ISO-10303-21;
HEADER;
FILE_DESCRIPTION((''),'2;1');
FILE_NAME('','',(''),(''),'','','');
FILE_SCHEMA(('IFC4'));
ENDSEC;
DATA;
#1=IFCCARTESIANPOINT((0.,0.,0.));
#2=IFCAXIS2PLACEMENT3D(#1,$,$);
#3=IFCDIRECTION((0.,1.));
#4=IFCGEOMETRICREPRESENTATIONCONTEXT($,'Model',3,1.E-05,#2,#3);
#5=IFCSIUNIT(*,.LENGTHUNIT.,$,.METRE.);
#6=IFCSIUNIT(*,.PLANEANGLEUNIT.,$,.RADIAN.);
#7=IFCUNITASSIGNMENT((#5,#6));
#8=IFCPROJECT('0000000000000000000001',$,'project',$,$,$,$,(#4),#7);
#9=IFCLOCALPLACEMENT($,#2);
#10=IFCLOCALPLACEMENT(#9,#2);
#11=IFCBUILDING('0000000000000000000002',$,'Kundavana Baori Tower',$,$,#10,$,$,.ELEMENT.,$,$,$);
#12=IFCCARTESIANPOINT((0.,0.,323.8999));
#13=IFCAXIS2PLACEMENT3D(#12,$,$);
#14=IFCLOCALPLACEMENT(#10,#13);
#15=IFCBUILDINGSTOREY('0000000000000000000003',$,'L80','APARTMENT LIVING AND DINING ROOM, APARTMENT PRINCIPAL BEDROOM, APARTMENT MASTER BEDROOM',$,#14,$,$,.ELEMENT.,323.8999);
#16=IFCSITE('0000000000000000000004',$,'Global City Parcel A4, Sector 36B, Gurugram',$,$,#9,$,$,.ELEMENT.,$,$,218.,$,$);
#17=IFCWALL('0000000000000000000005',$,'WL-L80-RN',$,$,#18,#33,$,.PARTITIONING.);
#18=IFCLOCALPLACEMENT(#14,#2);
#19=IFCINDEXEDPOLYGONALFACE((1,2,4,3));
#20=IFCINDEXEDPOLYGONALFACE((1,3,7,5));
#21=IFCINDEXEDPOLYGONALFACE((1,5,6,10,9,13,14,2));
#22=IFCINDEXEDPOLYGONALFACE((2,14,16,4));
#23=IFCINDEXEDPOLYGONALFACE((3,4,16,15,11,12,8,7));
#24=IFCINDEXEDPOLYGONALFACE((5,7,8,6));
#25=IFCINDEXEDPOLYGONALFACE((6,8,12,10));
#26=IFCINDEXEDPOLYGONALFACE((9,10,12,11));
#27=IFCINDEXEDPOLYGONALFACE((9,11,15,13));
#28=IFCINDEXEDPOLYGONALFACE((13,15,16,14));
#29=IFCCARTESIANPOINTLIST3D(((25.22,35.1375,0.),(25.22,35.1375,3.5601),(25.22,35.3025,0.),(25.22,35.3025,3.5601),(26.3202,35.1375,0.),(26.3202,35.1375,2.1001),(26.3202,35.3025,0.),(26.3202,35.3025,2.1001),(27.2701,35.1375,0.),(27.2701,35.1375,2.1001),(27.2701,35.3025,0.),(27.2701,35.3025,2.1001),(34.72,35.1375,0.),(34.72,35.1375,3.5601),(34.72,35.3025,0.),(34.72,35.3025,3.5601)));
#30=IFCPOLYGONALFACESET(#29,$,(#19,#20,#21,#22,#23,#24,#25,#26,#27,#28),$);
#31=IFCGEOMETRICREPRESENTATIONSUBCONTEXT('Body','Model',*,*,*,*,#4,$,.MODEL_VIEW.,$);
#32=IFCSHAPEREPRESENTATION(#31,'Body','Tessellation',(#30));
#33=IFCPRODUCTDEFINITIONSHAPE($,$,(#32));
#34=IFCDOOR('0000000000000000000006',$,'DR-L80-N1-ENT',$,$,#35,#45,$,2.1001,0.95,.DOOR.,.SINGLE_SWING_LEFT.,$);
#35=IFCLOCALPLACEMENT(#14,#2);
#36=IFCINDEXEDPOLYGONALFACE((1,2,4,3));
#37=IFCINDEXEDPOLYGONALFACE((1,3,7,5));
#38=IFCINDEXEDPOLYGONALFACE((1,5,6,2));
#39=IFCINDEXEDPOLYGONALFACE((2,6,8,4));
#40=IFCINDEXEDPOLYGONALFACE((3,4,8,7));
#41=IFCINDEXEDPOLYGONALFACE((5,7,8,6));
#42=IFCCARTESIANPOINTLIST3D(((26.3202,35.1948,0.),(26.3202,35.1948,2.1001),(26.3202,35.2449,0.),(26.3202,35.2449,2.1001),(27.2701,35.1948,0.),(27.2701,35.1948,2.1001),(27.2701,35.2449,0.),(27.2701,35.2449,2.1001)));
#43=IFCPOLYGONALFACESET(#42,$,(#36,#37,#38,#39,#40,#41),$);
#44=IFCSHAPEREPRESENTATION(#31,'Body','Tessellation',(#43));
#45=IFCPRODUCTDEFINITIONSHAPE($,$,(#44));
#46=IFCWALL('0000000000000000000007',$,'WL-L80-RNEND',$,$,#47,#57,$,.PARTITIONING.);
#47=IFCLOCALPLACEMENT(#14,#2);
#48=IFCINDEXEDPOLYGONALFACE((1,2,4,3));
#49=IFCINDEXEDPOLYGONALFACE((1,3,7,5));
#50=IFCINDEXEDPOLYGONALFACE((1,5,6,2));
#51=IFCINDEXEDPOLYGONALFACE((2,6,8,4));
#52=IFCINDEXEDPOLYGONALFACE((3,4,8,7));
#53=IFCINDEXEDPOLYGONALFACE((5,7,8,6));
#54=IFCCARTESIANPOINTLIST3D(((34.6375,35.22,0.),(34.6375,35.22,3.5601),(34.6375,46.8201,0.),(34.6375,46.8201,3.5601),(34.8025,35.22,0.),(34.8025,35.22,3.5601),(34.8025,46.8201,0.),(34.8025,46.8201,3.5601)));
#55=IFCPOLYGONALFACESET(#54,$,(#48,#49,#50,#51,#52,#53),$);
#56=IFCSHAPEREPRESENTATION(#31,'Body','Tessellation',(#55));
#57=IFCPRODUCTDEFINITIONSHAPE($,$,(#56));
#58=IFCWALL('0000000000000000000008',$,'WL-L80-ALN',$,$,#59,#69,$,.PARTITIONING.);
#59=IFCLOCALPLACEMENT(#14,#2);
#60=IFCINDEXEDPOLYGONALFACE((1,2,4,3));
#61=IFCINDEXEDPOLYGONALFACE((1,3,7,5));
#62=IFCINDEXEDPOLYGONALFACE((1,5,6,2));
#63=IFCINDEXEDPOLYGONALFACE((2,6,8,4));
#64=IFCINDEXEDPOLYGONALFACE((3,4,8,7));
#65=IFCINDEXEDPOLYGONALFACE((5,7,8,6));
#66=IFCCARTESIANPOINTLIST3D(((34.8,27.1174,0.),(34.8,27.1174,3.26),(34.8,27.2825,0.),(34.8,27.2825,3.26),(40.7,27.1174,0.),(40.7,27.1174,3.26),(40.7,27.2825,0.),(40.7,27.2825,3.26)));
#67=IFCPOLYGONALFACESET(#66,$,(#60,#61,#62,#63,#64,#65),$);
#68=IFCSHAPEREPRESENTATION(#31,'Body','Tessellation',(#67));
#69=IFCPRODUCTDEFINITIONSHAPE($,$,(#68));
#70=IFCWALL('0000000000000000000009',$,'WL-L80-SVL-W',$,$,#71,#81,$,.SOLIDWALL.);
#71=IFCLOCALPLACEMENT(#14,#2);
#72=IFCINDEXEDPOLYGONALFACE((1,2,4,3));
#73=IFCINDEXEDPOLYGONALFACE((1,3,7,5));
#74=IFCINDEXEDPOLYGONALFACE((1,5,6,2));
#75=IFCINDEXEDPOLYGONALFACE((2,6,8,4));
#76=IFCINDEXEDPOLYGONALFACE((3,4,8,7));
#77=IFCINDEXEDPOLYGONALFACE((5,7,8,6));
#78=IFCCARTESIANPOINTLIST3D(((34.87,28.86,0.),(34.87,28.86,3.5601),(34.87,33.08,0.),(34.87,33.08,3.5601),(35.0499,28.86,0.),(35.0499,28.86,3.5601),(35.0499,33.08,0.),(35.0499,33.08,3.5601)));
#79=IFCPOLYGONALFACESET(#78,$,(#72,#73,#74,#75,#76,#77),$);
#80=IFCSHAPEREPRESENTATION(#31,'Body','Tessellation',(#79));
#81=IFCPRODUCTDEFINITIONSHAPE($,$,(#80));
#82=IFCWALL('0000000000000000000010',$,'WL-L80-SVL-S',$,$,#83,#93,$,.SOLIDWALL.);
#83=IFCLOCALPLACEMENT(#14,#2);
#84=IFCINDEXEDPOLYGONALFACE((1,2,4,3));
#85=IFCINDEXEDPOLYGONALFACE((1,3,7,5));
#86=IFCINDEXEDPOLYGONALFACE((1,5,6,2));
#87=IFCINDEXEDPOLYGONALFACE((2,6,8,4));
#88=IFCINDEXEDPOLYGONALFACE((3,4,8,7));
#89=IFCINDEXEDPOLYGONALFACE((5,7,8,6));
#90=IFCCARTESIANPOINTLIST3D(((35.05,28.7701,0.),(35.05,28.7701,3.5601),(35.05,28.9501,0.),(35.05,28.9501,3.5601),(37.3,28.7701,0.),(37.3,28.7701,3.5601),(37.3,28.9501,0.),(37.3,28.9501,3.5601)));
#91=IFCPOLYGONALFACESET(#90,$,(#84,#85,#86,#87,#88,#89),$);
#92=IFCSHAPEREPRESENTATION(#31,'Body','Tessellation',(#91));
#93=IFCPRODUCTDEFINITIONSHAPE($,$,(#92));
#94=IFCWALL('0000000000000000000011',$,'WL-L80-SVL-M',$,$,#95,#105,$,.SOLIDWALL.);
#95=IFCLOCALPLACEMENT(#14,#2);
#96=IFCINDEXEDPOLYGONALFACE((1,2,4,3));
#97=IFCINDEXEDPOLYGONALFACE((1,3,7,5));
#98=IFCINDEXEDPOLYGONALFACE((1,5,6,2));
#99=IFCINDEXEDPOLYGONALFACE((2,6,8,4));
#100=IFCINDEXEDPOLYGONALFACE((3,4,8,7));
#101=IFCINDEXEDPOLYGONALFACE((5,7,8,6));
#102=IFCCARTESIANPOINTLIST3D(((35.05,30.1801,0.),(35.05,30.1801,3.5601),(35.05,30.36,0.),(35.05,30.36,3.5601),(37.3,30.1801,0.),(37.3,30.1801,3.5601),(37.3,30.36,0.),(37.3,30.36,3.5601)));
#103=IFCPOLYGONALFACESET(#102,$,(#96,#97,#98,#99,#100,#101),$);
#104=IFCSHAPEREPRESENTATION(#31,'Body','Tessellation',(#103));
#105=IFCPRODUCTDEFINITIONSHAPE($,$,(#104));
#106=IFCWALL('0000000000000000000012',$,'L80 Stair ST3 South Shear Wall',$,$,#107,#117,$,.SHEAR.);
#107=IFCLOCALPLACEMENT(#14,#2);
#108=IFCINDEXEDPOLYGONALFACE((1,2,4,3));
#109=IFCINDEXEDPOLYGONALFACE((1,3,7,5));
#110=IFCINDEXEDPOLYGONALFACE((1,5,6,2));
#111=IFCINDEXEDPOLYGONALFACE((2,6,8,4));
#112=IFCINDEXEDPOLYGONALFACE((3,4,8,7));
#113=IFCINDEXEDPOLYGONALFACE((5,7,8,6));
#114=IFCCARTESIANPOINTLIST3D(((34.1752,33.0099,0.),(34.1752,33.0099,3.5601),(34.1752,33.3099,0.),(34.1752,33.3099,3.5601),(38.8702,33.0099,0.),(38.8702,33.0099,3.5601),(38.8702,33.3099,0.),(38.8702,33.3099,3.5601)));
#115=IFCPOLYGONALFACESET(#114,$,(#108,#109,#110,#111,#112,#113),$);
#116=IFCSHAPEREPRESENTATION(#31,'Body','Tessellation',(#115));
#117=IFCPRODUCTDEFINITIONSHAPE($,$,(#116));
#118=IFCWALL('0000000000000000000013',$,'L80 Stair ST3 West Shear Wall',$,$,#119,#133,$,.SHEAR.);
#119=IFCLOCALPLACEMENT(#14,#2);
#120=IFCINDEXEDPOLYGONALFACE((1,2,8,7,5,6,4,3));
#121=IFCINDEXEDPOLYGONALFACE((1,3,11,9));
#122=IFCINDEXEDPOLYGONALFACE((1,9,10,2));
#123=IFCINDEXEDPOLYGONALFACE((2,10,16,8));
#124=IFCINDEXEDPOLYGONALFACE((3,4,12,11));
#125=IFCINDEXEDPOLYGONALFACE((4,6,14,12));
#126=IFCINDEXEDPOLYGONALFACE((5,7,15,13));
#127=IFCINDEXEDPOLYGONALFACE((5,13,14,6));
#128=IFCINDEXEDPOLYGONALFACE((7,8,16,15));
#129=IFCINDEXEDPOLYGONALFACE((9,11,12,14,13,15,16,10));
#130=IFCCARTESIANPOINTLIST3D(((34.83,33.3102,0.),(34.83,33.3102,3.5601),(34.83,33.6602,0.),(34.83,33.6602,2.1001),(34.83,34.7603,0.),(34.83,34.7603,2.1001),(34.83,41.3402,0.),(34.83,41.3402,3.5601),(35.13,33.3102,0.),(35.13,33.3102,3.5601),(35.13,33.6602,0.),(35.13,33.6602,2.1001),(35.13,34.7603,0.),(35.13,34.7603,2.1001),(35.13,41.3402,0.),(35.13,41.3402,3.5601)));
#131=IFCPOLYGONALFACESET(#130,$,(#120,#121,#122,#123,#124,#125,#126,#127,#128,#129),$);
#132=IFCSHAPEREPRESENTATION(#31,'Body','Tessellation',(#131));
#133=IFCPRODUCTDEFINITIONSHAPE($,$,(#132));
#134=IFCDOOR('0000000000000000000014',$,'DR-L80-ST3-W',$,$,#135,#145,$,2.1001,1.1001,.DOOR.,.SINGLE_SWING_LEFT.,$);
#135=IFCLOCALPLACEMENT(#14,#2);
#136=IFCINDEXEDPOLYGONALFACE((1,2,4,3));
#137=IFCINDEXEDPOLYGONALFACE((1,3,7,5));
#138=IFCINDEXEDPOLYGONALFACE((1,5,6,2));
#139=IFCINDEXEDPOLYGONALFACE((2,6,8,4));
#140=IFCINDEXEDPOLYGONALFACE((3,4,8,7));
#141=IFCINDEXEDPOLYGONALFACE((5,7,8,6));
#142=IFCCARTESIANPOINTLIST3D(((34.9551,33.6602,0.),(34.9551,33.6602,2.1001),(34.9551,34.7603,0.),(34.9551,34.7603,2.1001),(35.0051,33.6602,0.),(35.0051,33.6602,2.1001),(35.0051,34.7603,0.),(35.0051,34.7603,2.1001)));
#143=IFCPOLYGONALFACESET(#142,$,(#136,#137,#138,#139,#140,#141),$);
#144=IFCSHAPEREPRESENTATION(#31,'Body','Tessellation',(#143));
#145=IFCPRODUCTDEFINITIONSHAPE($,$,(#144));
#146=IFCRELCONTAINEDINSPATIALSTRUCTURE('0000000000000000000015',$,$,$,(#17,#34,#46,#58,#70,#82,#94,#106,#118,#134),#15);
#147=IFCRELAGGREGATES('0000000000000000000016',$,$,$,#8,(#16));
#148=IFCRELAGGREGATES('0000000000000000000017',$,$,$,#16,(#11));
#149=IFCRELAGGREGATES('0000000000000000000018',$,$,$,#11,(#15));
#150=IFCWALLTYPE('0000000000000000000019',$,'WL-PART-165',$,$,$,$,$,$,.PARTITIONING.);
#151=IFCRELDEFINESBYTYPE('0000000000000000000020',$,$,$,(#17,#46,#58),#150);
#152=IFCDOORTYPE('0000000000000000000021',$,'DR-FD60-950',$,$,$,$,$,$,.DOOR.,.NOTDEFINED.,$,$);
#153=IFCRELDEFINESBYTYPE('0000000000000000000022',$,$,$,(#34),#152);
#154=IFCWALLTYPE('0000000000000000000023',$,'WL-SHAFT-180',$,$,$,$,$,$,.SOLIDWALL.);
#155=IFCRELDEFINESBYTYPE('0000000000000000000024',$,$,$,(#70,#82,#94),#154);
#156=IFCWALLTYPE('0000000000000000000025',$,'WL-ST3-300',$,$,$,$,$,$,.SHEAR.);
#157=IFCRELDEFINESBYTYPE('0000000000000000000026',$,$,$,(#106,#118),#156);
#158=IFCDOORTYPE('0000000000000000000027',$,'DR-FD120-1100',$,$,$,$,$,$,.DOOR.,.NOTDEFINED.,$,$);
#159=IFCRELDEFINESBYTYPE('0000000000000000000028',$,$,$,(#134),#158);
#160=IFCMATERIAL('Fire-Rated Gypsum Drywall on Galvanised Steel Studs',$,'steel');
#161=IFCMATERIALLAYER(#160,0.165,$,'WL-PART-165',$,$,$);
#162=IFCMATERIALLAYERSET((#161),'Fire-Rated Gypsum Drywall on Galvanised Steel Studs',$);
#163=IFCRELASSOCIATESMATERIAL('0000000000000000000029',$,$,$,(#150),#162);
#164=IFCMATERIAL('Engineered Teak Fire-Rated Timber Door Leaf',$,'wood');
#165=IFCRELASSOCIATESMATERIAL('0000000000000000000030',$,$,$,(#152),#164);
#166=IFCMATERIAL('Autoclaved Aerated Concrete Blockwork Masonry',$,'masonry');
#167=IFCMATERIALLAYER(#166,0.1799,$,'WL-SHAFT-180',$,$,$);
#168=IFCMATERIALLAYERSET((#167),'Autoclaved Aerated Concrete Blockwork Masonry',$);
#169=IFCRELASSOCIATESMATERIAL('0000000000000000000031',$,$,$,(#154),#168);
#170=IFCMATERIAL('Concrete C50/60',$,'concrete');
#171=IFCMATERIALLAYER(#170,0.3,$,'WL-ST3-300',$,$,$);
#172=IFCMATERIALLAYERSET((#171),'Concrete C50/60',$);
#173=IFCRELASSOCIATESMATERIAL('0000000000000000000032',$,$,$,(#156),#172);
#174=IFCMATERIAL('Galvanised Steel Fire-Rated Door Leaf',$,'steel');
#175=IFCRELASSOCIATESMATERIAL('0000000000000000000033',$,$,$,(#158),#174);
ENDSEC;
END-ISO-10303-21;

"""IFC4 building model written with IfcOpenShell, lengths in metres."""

from ifc_helpers import new_model, si_unit, direction, frame, frame_2d, origin, place, context, subcontext, project, spatial, rectangle, extrude, material, layer, layer_set, type_object, element, fill, save


model = new_model("IFC4")

# Units and contexts
model_context = context("Model", 3, precision=1e-05, world=origin(), true_north=direction((0.0, 1.0)))
body_context = subcontext(model_context, "Body", "Model", "MODEL_VIEW")
ifc_project = project(units=[si_unit("LENGTHUNIT", "METRE"), si_unit("PLANEANGLEUNIT", "RADIAN")], contexts=[model_context])

# Site, building, storey
site_placement = place(None, origin())
site = spatial("IfcSite", under=ifc_project, at=site_placement, Name="Global City Parcel A4, Sector 36B, Gurugram", CompositionType="ELEMENT", RefElevation=218.0)
building_placement = place(site_placement, origin())
building = spatial("IfcBuilding", under=site, at=building_placement, Name="Kundavana Baori Tower", CompositionType="ELEMENT")
storey_placement = place(building_placement, frame((0.0, 0.0, 323.8999)))
storey = spatial("IfcBuildingStorey", under=building, at=storey_placement, Name="L80", Description="APARTMENT LIVING AND DINING ROOM, APARTMENT PRINCIPAL BEDROOM, APARTMENT MASTER BEDROOM", CompositionType="ELEMENT", Elevation=323.8999)

# Wall, opening, door
ifc_material_1 = material(Name="Fire-Rated Gypsum Drywall on Galvanised Steel Studs", Category="steel")
ifc_layer_1 = layer(ifc_material_1, 0.165, Name="WL-PART-165")
ifc_layer_set_1 = layer_set([ifc_layer_1], Name="Fire-Rated Gypsum Drywall on Galvanised Steel Studs")
wall_type_1 = type_object("IfcWallType", Name="WL-PART-165", PredefinedType="PARTITIONING", material=ifc_layer_set_1)
wall_1_placement = place(storey_placement, frame((25.22, 35.22, 0.0), z_axis=(0.0, 0.0, 1.0), x_axis=(1.0, 0.0, 0.0)))
wall_1 = element("IfcWall", 1, at=wall_1_placement, inside=storey, type_object=wall_type_1, Name="WL-L80-RN", PredefinedType="PARTITIONING", context=body_context, shape_type="SweptSolid", body=[
    extrude(rectangle(XDim=9.5, YDim=0.165, at=frame_2d((4.75, 0.0))), origin(), (0.0, 0.0, 1.0), 3.5601),
])
opening_1_placement = place(wall_1_placement, frame((1.1001, 0.0, 0.0)))
opening_1 = element("IfcOpeningElement", 2, at=opening_1_placement, cuts=wall_1, PredefinedType="OPENING", context=body_context, shape_type="SweptSolid", body=[
    extrude(rectangle(XDim=0.95, YDim=2.1001, at=frame_2d((0.4751, 1.05))), frame((0.0, 0.0925, 0.0), z_axis=(0.0, -1.0, 0.0), x_axis=(1.0, 0.0, 0.0)), (0.0, 0.0, 1.0), 0.1851),
])
ifc_material_2 = material(Name="Engineered Teak Fire-Rated Timber Door Leaf", Category="wood")
door_type_1 = type_object("IfcDoorType", Name="DR-FD60-950", OperationType="NOTDEFINED", PredefinedType="DOOR", material=ifc_material_2)
door_1_placement = place(opening_1_placement, origin())
door_1 = element("IfcDoor", 3, at=door_1_placement, inside=storey, type_object=door_type_1, Name="DR-L80-N1-ENT", OperationType="SINGLE_SWING_LEFT", OverallHeight=2.1001, OverallWidth=0.95, PredefinedType="DOOR", context=body_context, shape_type="SweptSolid", body=[
    extrude(rectangle(XDim=0.95, YDim=2.1001, at=frame_2d((0.4751, 1.05))), frame((0.0, 0.0249, 0.0), z_axis=(0.0, -1.0, 0.0), x_axis=(1.0, 0.0, 0.0)), (0.0, 0.0, 1.0), 0.05),
])
fill(opening_1, door_1)

# Walls
wall_2_placement = place(storey_placement, frame((34.72, 35.22, 0.0), z_axis=(0.0, 0.0, 1.0), x_axis=(0.0, 1.0, 0.0)))
element("IfcWall", 4, at=wall_2_placement, inside=storey, type_object=wall_type_1, Name="WL-L80-RNEND", PredefinedType="PARTITIONING", context=body_context, shape_type="SweptSolid", body=[
    extrude(rectangle(XDim=11.6001, YDim=0.165, at=frame_2d((5.8, 0.0))), origin(), (0.0, 0.0, 1.0), 3.5601),
])
wall_3_placement = place(storey_placement, frame((34.8, 27.2, 0.0), z_axis=(0.0, 0.0, 1.0), x_axis=(1.0, 0.0, 0.0)))
element("IfcWall", 5, at=wall_3_placement, inside=storey, type_object=wall_type_1, Name="WL-L80-ALN", PredefinedType="PARTITIONING", context=body_context, shape_type="SweptSolid", body=[
    extrude(rectangle(XDim=5.8999, YDim=0.165, at=frame_2d((2.95, 0.0))), origin(), (0.0, 0.0, 1.0), 3.26),
])
ifc_material_3 = material(Name="Autoclaved Aerated Concrete Blockwork Masonry", Category="masonry")
ifc_layer_2 = layer(ifc_material_3, 0.1799, Name="WL-SHAFT-180")
ifc_layer_set_2 = layer_set([ifc_layer_2], Name="Autoclaved Aerated Concrete Blockwork Masonry")
wall_type_2 = type_object("IfcWallType", Name="WL-SHAFT-180", PredefinedType="SOLIDWALL", material=ifc_layer_set_2)
wall_4_placement = place(storey_placement, frame((34.96, 28.8601, 0.0), z_axis=(0.0, 0.0, 1.0), x_axis=(0.0, 1.0, 0.0)))
element("IfcWall", 6, at=wall_4_placement, inside=storey, type_object=wall_type_2, Name="WL-L80-SVL-W", PredefinedType="SOLIDWALL", context=body_context, shape_type="SweptSolid", body=[
    extrude(rectangle(XDim=4.22, YDim=0.1799, at=frame_2d((2.1099, 0.0))), origin(), (0.0, 0.0, 1.0), 3.5601),
])
for number, where, z_axis, x_axis, name in (
    (7, (35.05, 28.8601, 0.0), (0.0, 0.0, 1.0), (1.0, 0.0, 0.0), "WL-L80-SVL-S"),
    (8, (35.05, 30.27, 0.0), (0.0, 0.0, 1.0), (1.0, 0.0, 0.0), "WL-L80-SVL-M"),
):
    element("IfcWall", number, at=place(storey_placement, frame(where, z_axis=z_axis, x_axis=x_axis)), inside=storey, type_object=wall_type_2, Name=name, PredefinedType="SOLIDWALL", context=body_context, shape_type="SweptSolid", body=[
        extrude(rectangle(XDim=2.25, YDim=0.1799, at=frame_2d((1.125, 0.0))), origin(), (0.0, 0.0, 1.0), 3.5601),
    ])
ifc_material_4 = material(Name="Concrete C50/60", Category="concrete")
ifc_layer_3 = layer(ifc_material_4, 0.3, Name="WL-ST3-300")
ifc_layer_set_3 = layer_set([ifc_layer_3], Name="Concrete C50/60")
wall_type_3 = type_object("IfcWallType", Name="WL-ST3-300", PredefinedType="SHEAR", material=ifc_layer_set_3)
wall_5_placement = place(storey_placement, frame((34.175, 33.1599, 0.0), z_axis=(0.0, 0.0, 1.0), x_axis=(1.0, 0.0, 0.0)))
element("IfcWall", 9, at=wall_5_placement, inside=storey, type_object=wall_type_3, Name="L80 Stair ST3 South Shear Wall", PredefinedType="SHEAR", context=body_context, shape_type="SweptSolid", body=[
    extrude(rectangle(XDim=4.6951, YDim=0.3, at=frame_2d((2.3477, 0.0))), origin(), (0.0, 0.0, 1.0), 3.5601),
])

# Wall, opening, door
wall_6_placement = place(storey_placement, frame((34.98, 33.3101, 0.0), z_axis=(0.0, 0.0, 1.0), x_axis=(0.0, 1.0, 0.0)))
wall_6 = element("IfcWall", 10, at=wall_6_placement, inside=storey, type_object=wall_type_3, Name="L80 Stair ST3 West Shear Wall", PredefinedType="SHEAR", context=body_context, shape_type="SweptSolid", body=[
    extrude(rectangle(XDim=8.03, YDim=0.3, at=frame_2d((4.0151, 0.0))), origin(), (0.0, 0.0, 1.0), 3.5601),
])
opening_2_placement = place(wall_6_placement, frame((0.3501, 0.0, 0.0)))
opening_2 = element("IfcOpeningElement", 11, at=opening_2_placement, cuts=wall_6, PredefinedType="OPENING", context=body_context, shape_type="SweptSolid", body=[
    extrude(rectangle(XDim=1.1001, YDim=2.1001, at=frame_2d((0.55, 1.05))), frame((0.0, 0.1602, 0.0), z_axis=(0.0, -1.0, 0.0), x_axis=(1.0, 0.0, 0.0)), (0.0, 0.0, 1.0), 0.3201),
])
ifc_material_5 = material(Name="Galvanised Steel Fire-Rated Door Leaf", Category="steel")
door_type_2 = type_object("IfcDoorType", Name="DR-FD120-1100", OperationType="NOTDEFINED", PredefinedType="DOOR", material=ifc_material_5)
door_2_placement = place(opening_2_placement, origin())
door_2 = element("IfcDoor", 12, at=door_2_placement, inside=storey, type_object=door_type_2, Name="DR-L80-ST3-W", OperationType="SINGLE_SWING_LEFT", OverallHeight=2.1001, OverallWidth=1.1001, PredefinedType="DOOR", context=body_context, shape_type="SweptSolid", body=[
    extrude(rectangle(XDim=1.1001, YDim=2.1001, at=frame_2d((0.55, 1.05))), frame((0.0, 0.0249, 0.0), z_axis=(0.0, -1.0, 0.0), x_axis=(1.0, 0.0, 0.0)), (0.0, 0.0, 1.0), 0.05),
])
fill(opening_2, door_2)

save(model, "model.ifc")
